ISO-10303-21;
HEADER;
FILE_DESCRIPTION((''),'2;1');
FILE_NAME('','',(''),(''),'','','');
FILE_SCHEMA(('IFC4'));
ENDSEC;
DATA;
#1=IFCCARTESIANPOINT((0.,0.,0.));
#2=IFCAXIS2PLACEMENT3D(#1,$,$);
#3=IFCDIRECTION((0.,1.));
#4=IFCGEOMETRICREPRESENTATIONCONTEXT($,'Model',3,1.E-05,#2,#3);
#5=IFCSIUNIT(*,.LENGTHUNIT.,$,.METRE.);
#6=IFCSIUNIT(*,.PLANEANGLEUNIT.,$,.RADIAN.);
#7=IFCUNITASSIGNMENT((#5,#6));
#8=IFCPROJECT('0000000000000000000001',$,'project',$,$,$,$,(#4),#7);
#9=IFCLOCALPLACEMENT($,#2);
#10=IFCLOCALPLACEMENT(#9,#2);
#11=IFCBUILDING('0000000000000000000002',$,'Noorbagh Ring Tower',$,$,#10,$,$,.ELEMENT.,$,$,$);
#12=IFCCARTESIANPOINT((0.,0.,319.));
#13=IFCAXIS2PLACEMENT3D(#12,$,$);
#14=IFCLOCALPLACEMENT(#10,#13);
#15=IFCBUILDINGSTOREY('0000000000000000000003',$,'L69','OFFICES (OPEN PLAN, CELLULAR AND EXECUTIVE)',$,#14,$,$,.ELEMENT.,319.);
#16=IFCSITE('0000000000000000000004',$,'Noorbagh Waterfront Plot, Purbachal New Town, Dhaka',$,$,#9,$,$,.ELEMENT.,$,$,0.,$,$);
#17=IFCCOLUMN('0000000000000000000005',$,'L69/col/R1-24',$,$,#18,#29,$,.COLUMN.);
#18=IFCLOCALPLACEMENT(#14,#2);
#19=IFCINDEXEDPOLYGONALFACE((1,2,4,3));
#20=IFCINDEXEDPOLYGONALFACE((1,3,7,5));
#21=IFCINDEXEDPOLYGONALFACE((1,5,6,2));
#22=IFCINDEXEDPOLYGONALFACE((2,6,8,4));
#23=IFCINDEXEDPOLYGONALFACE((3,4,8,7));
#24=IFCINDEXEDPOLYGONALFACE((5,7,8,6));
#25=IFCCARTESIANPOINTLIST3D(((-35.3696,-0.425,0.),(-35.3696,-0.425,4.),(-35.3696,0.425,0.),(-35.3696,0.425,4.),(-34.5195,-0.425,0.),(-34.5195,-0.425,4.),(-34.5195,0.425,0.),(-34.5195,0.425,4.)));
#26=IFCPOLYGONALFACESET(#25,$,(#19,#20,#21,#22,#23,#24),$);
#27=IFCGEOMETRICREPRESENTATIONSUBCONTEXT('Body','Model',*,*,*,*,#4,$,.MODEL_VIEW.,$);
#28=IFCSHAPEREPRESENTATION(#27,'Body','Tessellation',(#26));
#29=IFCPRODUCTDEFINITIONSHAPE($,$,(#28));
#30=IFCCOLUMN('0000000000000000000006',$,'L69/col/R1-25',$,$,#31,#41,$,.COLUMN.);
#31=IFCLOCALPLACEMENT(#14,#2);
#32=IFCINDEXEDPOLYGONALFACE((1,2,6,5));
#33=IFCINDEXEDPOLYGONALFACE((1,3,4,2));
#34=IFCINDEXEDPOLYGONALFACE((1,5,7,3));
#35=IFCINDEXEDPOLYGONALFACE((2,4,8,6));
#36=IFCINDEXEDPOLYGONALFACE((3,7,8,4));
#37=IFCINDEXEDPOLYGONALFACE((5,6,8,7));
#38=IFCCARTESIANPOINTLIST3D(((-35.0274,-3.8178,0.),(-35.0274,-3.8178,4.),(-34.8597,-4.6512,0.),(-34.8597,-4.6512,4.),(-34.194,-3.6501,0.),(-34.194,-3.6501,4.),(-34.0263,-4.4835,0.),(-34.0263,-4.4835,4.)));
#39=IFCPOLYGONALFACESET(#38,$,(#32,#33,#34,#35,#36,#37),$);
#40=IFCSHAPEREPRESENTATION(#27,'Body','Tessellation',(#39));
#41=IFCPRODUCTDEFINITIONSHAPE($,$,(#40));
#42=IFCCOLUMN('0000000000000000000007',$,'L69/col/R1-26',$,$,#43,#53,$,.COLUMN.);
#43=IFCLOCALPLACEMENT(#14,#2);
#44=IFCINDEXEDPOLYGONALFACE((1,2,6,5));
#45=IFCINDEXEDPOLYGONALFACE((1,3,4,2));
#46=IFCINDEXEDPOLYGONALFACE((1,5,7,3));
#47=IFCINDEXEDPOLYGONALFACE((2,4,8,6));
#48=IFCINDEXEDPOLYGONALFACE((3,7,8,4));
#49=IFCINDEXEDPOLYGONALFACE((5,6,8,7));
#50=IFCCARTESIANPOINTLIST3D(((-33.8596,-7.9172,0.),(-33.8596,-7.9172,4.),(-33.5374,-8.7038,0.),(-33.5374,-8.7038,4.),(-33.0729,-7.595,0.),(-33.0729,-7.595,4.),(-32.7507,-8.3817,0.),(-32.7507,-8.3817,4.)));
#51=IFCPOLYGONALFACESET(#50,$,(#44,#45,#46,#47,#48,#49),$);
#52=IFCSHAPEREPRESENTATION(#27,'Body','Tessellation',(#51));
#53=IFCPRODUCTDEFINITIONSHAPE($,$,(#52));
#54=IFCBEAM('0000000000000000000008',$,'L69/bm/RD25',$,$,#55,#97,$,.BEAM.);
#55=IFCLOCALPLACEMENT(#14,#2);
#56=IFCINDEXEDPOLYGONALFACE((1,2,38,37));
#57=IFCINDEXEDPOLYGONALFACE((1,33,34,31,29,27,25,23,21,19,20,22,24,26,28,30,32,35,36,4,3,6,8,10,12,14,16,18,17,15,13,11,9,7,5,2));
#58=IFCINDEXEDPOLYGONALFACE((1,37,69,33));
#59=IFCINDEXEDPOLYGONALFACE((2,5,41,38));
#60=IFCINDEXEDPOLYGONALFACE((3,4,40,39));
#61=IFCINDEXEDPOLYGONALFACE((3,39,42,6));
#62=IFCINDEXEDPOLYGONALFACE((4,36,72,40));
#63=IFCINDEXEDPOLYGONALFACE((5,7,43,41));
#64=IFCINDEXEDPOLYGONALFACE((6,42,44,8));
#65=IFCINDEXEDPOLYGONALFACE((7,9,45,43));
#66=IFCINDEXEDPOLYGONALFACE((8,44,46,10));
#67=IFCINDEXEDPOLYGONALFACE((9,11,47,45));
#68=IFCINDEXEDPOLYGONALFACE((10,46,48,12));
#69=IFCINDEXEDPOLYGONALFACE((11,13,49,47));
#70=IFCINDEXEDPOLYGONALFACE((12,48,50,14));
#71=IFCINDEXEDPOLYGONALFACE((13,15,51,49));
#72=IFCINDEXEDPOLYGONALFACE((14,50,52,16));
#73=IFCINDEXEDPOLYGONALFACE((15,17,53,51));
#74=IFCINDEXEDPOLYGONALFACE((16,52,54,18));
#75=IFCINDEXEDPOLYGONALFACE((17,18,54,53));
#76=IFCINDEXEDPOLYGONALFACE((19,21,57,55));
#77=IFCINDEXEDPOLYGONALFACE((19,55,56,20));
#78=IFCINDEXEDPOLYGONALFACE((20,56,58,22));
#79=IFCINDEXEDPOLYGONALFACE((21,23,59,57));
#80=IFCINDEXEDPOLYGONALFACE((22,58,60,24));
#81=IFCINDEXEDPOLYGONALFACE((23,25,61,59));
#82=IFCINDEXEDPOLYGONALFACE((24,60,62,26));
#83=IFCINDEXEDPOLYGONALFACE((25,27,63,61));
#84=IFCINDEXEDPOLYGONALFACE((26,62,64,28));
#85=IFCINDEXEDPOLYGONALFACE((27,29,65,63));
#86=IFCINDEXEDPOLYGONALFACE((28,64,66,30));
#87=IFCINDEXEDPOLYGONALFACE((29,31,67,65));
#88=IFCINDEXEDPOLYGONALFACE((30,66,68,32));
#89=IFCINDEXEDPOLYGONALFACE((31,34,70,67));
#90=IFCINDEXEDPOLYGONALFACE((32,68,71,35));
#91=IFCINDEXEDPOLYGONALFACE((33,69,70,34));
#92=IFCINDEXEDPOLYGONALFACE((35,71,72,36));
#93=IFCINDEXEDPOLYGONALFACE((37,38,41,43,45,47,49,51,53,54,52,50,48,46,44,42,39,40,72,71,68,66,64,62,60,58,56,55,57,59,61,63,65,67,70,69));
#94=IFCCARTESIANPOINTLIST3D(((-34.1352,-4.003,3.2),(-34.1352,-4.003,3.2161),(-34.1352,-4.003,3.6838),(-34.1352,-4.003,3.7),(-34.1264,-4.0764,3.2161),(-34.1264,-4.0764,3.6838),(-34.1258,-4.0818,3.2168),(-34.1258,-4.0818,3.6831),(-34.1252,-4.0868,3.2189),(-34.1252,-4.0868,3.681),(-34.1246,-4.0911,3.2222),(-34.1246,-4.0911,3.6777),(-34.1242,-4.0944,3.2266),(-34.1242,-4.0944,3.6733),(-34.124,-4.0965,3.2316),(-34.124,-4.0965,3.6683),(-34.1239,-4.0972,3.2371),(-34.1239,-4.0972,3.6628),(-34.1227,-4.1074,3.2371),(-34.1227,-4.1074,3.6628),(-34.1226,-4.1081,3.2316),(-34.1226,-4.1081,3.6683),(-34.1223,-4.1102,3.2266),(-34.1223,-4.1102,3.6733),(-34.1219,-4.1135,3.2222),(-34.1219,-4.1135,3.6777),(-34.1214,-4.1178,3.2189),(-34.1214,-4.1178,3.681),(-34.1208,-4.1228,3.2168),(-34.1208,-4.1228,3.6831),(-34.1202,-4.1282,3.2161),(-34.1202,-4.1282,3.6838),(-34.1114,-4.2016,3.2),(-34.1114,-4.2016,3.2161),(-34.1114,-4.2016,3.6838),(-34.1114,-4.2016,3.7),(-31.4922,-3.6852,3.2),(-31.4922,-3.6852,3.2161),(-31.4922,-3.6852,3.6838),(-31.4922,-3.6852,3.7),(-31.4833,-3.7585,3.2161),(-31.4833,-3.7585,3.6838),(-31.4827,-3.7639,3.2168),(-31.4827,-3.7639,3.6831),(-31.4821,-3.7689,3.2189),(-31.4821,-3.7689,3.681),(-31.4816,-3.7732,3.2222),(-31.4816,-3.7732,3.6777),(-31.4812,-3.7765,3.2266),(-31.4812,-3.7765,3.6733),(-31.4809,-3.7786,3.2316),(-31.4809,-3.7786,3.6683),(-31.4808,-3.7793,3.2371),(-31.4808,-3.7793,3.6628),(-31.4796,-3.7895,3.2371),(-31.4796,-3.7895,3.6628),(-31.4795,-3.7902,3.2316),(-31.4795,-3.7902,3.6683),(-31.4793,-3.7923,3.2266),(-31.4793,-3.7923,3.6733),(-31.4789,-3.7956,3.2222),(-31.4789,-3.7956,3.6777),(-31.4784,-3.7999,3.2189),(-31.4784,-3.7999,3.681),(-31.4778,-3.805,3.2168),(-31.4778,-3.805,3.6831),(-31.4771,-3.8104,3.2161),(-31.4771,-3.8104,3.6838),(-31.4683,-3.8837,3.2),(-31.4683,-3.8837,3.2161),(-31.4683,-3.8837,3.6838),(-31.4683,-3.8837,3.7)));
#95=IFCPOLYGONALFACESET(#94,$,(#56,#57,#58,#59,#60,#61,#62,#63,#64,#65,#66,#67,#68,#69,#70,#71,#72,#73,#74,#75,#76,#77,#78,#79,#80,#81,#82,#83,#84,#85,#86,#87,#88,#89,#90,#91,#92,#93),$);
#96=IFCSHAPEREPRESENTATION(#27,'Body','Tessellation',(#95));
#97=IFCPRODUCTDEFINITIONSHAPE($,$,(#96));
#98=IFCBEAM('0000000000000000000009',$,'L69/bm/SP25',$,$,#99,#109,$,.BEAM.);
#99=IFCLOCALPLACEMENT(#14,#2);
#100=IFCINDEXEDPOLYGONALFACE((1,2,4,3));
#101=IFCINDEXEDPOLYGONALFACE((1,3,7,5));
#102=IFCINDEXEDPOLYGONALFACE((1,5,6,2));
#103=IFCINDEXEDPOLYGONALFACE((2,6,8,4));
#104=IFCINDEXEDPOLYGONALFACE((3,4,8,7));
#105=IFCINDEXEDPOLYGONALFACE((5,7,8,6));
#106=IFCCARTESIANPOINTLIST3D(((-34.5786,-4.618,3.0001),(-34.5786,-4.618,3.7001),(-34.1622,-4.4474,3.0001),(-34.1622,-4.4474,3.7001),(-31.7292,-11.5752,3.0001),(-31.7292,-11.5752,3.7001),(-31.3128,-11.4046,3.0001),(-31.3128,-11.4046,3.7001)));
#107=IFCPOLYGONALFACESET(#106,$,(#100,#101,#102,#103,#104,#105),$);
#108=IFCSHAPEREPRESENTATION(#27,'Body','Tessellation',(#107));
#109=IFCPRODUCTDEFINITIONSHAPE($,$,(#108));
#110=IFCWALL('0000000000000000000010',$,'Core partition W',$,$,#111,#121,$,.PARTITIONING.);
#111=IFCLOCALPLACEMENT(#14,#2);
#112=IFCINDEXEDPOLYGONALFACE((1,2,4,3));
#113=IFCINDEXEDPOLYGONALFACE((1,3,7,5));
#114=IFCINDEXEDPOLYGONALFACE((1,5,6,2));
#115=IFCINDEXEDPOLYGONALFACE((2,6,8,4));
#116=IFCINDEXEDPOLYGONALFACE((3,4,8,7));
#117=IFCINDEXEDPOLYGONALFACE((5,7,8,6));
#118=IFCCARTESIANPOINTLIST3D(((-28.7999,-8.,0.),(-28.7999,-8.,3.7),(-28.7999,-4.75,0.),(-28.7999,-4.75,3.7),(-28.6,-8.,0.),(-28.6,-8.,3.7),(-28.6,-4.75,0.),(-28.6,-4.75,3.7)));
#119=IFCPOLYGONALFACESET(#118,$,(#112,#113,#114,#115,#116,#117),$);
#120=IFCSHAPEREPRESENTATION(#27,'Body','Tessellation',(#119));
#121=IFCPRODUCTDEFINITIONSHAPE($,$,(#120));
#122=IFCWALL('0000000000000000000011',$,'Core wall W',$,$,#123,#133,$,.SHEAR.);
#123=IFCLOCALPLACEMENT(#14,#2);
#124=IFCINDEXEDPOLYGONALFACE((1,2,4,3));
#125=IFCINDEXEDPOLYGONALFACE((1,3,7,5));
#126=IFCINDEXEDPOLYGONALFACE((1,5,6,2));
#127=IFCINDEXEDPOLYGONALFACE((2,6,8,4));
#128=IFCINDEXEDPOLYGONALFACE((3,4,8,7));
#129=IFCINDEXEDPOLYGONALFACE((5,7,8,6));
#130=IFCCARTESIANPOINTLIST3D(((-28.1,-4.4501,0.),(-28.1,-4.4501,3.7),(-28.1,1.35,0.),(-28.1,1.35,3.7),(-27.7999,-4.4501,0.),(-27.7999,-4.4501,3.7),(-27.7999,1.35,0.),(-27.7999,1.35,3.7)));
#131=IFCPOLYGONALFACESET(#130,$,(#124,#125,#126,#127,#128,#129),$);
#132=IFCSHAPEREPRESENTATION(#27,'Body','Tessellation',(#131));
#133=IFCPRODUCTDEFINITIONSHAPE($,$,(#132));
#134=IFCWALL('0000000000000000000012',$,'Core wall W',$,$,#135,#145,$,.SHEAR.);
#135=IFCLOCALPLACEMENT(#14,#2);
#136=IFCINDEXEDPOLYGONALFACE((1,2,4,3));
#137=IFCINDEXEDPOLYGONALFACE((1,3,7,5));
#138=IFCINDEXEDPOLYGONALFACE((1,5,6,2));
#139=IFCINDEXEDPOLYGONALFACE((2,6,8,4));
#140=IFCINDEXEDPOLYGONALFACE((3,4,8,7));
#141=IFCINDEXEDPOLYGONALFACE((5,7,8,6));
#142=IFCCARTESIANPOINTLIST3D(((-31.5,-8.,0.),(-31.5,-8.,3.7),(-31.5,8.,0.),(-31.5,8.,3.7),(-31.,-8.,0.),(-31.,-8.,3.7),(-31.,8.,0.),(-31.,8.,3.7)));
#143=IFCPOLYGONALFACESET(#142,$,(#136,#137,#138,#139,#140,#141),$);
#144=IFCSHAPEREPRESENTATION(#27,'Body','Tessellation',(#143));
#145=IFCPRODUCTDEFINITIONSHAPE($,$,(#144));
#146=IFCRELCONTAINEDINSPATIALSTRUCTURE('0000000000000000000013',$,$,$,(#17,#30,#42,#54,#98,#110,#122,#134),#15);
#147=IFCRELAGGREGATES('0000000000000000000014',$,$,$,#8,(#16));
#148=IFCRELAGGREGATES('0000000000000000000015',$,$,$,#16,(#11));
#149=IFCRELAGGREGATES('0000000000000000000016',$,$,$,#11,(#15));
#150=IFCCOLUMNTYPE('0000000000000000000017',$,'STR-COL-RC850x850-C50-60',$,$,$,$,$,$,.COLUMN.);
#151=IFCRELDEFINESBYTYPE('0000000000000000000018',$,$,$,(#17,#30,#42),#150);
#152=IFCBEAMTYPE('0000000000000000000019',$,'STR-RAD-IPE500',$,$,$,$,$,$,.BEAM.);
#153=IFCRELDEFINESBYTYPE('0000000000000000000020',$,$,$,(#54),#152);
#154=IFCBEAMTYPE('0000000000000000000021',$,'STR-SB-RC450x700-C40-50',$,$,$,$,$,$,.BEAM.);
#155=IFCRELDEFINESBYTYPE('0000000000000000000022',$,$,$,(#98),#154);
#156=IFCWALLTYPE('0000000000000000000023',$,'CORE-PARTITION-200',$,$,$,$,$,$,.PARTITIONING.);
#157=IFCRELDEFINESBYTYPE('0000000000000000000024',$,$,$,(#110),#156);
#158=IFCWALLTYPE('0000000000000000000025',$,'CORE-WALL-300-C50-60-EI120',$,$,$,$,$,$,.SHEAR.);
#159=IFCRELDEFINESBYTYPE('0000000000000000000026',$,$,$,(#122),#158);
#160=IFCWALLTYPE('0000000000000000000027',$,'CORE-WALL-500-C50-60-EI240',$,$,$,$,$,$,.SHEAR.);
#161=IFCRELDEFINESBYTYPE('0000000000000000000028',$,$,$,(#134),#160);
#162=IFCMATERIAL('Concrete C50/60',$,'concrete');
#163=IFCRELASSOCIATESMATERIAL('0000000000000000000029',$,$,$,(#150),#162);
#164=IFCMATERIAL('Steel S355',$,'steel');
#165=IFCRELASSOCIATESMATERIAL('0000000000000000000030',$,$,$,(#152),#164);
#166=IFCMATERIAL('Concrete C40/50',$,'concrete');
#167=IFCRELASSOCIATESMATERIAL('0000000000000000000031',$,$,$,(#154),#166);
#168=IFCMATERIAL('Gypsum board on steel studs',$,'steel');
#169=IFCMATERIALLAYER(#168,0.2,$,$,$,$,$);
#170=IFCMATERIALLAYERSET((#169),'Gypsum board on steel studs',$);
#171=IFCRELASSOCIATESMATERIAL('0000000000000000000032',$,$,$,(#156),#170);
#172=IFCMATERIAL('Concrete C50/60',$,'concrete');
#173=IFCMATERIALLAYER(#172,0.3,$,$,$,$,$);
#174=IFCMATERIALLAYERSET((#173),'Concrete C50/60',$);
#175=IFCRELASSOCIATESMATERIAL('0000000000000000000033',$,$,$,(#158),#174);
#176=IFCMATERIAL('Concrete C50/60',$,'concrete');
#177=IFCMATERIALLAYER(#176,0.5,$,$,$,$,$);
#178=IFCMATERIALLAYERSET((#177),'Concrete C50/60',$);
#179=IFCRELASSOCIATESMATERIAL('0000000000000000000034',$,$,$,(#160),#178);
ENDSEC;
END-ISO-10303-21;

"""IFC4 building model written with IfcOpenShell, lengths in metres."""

from ifc_helpers import new_model, si_unit, direction, frame, frame_2d, origin, origin_2d, place, context, subcontext, project, spatial, rectangle, i_section, extrude, material, layer, layer_set, material_profile, profile_set, type_object, element, save


model = new_model("IFC4")

# Units and contexts
model_context = context("Model", 3, precision=1e-05, world=origin(), true_north=direction((0.0, 1.0)))
body_context = subcontext(model_context, "Body", "Model", "MODEL_VIEW")
ifc_project = project(units=[si_unit("LENGTHUNIT", "METRE"), si_unit("PLANEANGLEUNIT", "RADIAN")], contexts=[model_context])

# Site, building, storey
site_placement = place(None, origin())
site = spatial("IfcSite", under=ifc_project, at=site_placement, Name="Noorbagh Waterfront Plot, Purbachal New Town, Dhaka", CompositionType="ELEMENT", RefElevation=0.0)
building_placement = place(site_placement, origin())
building = spatial("IfcBuilding", under=site, at=building_placement, Name="Noorbagh Ring Tower", CompositionType="ELEMENT")
storey_placement = place(building_placement, frame((0.0, 0.0, 319.0)))
storey = spatial("IfcBuildingStorey", under=building, at=storey_placement, Name="L69", Description="OFFICES (OPEN PLAN, CELLULAR AND EXECUTIVE)", CompositionType="ELEMENT", Elevation=319.0)

# Columns
ifc_material_1 = material(Name="Concrete C50/60", Category="concrete")
ifc_material_profile_1 = material_profile(ifc_material_1, rectangle(XDim=0.8501, YDim=0.8501, at=origin_2d()), Name="RC850x850")
ifc_profile_set_1 = profile_set([ifc_material_profile_1], Name="Concrete C50/60")
column_type = type_object("IfcColumnType", Name="STR-COL-RC850x850-C50-60", PredefinedType="COLUMN", material=ifc_profile_set_1)
for number, where, z_axis, x_axis, name in (
    (1, (-34.9446, 0.0, 0.0), (0.0, 0.0, 1.0), (0.0, -1.0, 0.0), "L69/col/R1-24"),
    (2, (-34.5269, -4.1506, 0.0), (0.0, 0.0, 1.0), (0.19723, -0.980357, 0.0), "L69/col/R1-25"),
    (3, (-33.3052, -8.1494, 0.0), (0.0, 0.0, 1.0), (0.378989, -0.925401, 0.0), "L69/col/R1-26"),
):
    element("IfcColumn", number, at=place(storey_placement, frame(where, z_axis=z_axis, x_axis=x_axis)), inside=storey, type_object=column_type, Name=name, PredefinedType="COLUMN", context=body_context, shape_type="SweptSolid", body=[
        extrude(rectangle(XDim=0.8501, YDim=0.8501, at=origin_2d()), origin(), (0.0, 0.0, 1.0), 4.0),
    ])

# Beams
ifc_material_2 = material(Name="Steel S355", Category="steel")
ifc_material_profile_2 = material_profile(ifc_material_2, i_section(OverallWidth=0.2, OverallDepth=0.5, WebThickness=0.0103, FlangeThickness=0.0161, FilletRadius=0.021, at=origin_2d()), Name="IPE500")
ifc_profile_set_2 = profile_set([ifc_material_profile_2], Name="Steel S355")
beam_type_1 = type_object("IfcBeamType", Name="STR-RAD-IPE500", PredefinedType="BEAM", material=ifc_profile_set_2)
beam_1_placement = place(storey_placement, frame((-34.1233, -4.1023, 3.45), z_axis=(0.992846, 0.119406, 0.0), x_axis=(-0.119406, 0.992846, 0.0)))
element("IfcBeam", 4, at=beam_1_placement, inside=storey, type_object=beam_type_1, Name="L69/bm/RD25", PredefinedType="BEAM", context=body_context, shape_type="SweptSolid", body=[
    extrude(i_section(OverallWidth=0.2, OverallDepth=0.5, WebThickness=0.0103, FlangeThickness=0.0161, FilletRadius=0.021, at=origin_2d()), origin(), (0.0, 0.0, 1.0), 2.6621),
])
ifc_material_3 = material(Name="Concrete C40/50", Category="concrete")
ifc_material_profile_3 = material_profile(ifc_material_3, rectangle(XDim=0.45, YDim=0.7, at=origin_2d()), Name="RC450x700")
ifc_profile_set_3 = profile_set([ifc_material_profile_3], Name="Concrete C40/50")
beam_type_2 = type_object("IfcBeamType", Name="STR-SB-RC450x700-C40-50", PredefinedType="BEAM", material=ifc_profile_set_3)
beam_2_placement = place(storey_placement, frame((-34.3704, -4.5327, 3.3501), z_axis=(0.378998, -0.925397, 0.0), x_axis=(0.925397, 0.378998, 0.0)))
element("IfcBeam", 5, at=beam_2_placement, inside=storey, type_object=beam_type_2, Name="L69/bm/SP25", PredefinedType="BEAM", context=body_context, shape_type="SweptSolid", body=[
    extrude(rectangle(XDim=0.45, YDim=0.7, at=origin_2d()), origin(), (0.0, 0.0, 1.0), 7.5181),
])

# Walls
ifc_material_4 = material(Name="Gypsum board on steel studs", Category="steel")
ifc_layer_1 = layer(ifc_material_4, 0.2)
ifc_layer_set_1 = layer_set([ifc_layer_1], Name="Gypsum board on steel studs")
wall_type_1 = type_object("IfcWallType", Name="CORE-PARTITION-200", PredefinedType="PARTITIONING", material=ifc_layer_set_1)
wall_1_placement = place(storey_placement, frame((-28.7, -8.0, 0.0), z_axis=(0.0, 0.0, 1.0), x_axis=(0.0, 1.0, 0.0)))
element("IfcWall", 6, at=wall_1_placement, inside=storey, type_object=wall_type_1, Name="Core partition W", PredefinedType="PARTITIONING", context=body_context, shape_type="SweptSolid", body=[
    extrude(rectangle(XDim=3.25, YDim=0.2, at=frame_2d((1.625, 0.0))), origin(), (0.0, 0.0, 1.0), 3.7),
])
ifc_material_5 = material(Name="Concrete C50/60", Category="concrete")
ifc_layer_2 = layer(ifc_material_5, 0.3)
ifc_layer_set_2 = layer_set([ifc_layer_2], Name="Concrete C50/60")
wall_type_2 = type_object("IfcWallType", Name="CORE-WALL-300-C50-60-EI120", PredefinedType="SHEAR", material=ifc_layer_set_2)
wall_2_placement = place(storey_placement, frame((-27.95, -4.45, 0.0), z_axis=(0.0, 0.0, 1.0), x_axis=(0.0, 1.0, 0.0)))
element("IfcWall", 7, at=wall_2_placement, inside=storey, type_object=wall_type_2, Name="Core wall W", PredefinedType="SHEAR", context=body_context, shape_type="SweptSolid", body=[
    extrude(rectangle(XDim=5.8, YDim=0.3, at=frame_2d((2.8999, 0.0))), origin(), (0.0, 0.0, 1.0), 3.7),
])
ifc_material_6 = material(Name="Concrete C50/60", Category="concrete")
ifc_layer_3 = layer(ifc_material_6, 0.5)
ifc_layer_set_3 = layer_set([ifc_layer_3], Name="Concrete C50/60")
wall_type_3 = type_object("IfcWallType", Name="CORE-WALL-500-C50-60-EI240", PredefinedType="SHEAR", material=ifc_layer_set_3)
wall_3_placement = place(storey_placement, frame((-31.25, -8.0, 0.0), z_axis=(0.0, 0.0, 1.0), x_axis=(0.0, 1.0, 0.0)))
element("IfcWall", 8, at=wall_3_placement, inside=storey, type_object=wall_type_3, Name="Core wall W", PredefinedType="SHEAR", context=body_context, shape_type="SweptSolid", body=[
    extrude(rectangle(XDim=16.0, YDim=0.5, at=frame_2d((8.0, 0.0))), origin(), (0.0, 0.0, 1.0), 3.7),
])

save(model, "model.ifc")
